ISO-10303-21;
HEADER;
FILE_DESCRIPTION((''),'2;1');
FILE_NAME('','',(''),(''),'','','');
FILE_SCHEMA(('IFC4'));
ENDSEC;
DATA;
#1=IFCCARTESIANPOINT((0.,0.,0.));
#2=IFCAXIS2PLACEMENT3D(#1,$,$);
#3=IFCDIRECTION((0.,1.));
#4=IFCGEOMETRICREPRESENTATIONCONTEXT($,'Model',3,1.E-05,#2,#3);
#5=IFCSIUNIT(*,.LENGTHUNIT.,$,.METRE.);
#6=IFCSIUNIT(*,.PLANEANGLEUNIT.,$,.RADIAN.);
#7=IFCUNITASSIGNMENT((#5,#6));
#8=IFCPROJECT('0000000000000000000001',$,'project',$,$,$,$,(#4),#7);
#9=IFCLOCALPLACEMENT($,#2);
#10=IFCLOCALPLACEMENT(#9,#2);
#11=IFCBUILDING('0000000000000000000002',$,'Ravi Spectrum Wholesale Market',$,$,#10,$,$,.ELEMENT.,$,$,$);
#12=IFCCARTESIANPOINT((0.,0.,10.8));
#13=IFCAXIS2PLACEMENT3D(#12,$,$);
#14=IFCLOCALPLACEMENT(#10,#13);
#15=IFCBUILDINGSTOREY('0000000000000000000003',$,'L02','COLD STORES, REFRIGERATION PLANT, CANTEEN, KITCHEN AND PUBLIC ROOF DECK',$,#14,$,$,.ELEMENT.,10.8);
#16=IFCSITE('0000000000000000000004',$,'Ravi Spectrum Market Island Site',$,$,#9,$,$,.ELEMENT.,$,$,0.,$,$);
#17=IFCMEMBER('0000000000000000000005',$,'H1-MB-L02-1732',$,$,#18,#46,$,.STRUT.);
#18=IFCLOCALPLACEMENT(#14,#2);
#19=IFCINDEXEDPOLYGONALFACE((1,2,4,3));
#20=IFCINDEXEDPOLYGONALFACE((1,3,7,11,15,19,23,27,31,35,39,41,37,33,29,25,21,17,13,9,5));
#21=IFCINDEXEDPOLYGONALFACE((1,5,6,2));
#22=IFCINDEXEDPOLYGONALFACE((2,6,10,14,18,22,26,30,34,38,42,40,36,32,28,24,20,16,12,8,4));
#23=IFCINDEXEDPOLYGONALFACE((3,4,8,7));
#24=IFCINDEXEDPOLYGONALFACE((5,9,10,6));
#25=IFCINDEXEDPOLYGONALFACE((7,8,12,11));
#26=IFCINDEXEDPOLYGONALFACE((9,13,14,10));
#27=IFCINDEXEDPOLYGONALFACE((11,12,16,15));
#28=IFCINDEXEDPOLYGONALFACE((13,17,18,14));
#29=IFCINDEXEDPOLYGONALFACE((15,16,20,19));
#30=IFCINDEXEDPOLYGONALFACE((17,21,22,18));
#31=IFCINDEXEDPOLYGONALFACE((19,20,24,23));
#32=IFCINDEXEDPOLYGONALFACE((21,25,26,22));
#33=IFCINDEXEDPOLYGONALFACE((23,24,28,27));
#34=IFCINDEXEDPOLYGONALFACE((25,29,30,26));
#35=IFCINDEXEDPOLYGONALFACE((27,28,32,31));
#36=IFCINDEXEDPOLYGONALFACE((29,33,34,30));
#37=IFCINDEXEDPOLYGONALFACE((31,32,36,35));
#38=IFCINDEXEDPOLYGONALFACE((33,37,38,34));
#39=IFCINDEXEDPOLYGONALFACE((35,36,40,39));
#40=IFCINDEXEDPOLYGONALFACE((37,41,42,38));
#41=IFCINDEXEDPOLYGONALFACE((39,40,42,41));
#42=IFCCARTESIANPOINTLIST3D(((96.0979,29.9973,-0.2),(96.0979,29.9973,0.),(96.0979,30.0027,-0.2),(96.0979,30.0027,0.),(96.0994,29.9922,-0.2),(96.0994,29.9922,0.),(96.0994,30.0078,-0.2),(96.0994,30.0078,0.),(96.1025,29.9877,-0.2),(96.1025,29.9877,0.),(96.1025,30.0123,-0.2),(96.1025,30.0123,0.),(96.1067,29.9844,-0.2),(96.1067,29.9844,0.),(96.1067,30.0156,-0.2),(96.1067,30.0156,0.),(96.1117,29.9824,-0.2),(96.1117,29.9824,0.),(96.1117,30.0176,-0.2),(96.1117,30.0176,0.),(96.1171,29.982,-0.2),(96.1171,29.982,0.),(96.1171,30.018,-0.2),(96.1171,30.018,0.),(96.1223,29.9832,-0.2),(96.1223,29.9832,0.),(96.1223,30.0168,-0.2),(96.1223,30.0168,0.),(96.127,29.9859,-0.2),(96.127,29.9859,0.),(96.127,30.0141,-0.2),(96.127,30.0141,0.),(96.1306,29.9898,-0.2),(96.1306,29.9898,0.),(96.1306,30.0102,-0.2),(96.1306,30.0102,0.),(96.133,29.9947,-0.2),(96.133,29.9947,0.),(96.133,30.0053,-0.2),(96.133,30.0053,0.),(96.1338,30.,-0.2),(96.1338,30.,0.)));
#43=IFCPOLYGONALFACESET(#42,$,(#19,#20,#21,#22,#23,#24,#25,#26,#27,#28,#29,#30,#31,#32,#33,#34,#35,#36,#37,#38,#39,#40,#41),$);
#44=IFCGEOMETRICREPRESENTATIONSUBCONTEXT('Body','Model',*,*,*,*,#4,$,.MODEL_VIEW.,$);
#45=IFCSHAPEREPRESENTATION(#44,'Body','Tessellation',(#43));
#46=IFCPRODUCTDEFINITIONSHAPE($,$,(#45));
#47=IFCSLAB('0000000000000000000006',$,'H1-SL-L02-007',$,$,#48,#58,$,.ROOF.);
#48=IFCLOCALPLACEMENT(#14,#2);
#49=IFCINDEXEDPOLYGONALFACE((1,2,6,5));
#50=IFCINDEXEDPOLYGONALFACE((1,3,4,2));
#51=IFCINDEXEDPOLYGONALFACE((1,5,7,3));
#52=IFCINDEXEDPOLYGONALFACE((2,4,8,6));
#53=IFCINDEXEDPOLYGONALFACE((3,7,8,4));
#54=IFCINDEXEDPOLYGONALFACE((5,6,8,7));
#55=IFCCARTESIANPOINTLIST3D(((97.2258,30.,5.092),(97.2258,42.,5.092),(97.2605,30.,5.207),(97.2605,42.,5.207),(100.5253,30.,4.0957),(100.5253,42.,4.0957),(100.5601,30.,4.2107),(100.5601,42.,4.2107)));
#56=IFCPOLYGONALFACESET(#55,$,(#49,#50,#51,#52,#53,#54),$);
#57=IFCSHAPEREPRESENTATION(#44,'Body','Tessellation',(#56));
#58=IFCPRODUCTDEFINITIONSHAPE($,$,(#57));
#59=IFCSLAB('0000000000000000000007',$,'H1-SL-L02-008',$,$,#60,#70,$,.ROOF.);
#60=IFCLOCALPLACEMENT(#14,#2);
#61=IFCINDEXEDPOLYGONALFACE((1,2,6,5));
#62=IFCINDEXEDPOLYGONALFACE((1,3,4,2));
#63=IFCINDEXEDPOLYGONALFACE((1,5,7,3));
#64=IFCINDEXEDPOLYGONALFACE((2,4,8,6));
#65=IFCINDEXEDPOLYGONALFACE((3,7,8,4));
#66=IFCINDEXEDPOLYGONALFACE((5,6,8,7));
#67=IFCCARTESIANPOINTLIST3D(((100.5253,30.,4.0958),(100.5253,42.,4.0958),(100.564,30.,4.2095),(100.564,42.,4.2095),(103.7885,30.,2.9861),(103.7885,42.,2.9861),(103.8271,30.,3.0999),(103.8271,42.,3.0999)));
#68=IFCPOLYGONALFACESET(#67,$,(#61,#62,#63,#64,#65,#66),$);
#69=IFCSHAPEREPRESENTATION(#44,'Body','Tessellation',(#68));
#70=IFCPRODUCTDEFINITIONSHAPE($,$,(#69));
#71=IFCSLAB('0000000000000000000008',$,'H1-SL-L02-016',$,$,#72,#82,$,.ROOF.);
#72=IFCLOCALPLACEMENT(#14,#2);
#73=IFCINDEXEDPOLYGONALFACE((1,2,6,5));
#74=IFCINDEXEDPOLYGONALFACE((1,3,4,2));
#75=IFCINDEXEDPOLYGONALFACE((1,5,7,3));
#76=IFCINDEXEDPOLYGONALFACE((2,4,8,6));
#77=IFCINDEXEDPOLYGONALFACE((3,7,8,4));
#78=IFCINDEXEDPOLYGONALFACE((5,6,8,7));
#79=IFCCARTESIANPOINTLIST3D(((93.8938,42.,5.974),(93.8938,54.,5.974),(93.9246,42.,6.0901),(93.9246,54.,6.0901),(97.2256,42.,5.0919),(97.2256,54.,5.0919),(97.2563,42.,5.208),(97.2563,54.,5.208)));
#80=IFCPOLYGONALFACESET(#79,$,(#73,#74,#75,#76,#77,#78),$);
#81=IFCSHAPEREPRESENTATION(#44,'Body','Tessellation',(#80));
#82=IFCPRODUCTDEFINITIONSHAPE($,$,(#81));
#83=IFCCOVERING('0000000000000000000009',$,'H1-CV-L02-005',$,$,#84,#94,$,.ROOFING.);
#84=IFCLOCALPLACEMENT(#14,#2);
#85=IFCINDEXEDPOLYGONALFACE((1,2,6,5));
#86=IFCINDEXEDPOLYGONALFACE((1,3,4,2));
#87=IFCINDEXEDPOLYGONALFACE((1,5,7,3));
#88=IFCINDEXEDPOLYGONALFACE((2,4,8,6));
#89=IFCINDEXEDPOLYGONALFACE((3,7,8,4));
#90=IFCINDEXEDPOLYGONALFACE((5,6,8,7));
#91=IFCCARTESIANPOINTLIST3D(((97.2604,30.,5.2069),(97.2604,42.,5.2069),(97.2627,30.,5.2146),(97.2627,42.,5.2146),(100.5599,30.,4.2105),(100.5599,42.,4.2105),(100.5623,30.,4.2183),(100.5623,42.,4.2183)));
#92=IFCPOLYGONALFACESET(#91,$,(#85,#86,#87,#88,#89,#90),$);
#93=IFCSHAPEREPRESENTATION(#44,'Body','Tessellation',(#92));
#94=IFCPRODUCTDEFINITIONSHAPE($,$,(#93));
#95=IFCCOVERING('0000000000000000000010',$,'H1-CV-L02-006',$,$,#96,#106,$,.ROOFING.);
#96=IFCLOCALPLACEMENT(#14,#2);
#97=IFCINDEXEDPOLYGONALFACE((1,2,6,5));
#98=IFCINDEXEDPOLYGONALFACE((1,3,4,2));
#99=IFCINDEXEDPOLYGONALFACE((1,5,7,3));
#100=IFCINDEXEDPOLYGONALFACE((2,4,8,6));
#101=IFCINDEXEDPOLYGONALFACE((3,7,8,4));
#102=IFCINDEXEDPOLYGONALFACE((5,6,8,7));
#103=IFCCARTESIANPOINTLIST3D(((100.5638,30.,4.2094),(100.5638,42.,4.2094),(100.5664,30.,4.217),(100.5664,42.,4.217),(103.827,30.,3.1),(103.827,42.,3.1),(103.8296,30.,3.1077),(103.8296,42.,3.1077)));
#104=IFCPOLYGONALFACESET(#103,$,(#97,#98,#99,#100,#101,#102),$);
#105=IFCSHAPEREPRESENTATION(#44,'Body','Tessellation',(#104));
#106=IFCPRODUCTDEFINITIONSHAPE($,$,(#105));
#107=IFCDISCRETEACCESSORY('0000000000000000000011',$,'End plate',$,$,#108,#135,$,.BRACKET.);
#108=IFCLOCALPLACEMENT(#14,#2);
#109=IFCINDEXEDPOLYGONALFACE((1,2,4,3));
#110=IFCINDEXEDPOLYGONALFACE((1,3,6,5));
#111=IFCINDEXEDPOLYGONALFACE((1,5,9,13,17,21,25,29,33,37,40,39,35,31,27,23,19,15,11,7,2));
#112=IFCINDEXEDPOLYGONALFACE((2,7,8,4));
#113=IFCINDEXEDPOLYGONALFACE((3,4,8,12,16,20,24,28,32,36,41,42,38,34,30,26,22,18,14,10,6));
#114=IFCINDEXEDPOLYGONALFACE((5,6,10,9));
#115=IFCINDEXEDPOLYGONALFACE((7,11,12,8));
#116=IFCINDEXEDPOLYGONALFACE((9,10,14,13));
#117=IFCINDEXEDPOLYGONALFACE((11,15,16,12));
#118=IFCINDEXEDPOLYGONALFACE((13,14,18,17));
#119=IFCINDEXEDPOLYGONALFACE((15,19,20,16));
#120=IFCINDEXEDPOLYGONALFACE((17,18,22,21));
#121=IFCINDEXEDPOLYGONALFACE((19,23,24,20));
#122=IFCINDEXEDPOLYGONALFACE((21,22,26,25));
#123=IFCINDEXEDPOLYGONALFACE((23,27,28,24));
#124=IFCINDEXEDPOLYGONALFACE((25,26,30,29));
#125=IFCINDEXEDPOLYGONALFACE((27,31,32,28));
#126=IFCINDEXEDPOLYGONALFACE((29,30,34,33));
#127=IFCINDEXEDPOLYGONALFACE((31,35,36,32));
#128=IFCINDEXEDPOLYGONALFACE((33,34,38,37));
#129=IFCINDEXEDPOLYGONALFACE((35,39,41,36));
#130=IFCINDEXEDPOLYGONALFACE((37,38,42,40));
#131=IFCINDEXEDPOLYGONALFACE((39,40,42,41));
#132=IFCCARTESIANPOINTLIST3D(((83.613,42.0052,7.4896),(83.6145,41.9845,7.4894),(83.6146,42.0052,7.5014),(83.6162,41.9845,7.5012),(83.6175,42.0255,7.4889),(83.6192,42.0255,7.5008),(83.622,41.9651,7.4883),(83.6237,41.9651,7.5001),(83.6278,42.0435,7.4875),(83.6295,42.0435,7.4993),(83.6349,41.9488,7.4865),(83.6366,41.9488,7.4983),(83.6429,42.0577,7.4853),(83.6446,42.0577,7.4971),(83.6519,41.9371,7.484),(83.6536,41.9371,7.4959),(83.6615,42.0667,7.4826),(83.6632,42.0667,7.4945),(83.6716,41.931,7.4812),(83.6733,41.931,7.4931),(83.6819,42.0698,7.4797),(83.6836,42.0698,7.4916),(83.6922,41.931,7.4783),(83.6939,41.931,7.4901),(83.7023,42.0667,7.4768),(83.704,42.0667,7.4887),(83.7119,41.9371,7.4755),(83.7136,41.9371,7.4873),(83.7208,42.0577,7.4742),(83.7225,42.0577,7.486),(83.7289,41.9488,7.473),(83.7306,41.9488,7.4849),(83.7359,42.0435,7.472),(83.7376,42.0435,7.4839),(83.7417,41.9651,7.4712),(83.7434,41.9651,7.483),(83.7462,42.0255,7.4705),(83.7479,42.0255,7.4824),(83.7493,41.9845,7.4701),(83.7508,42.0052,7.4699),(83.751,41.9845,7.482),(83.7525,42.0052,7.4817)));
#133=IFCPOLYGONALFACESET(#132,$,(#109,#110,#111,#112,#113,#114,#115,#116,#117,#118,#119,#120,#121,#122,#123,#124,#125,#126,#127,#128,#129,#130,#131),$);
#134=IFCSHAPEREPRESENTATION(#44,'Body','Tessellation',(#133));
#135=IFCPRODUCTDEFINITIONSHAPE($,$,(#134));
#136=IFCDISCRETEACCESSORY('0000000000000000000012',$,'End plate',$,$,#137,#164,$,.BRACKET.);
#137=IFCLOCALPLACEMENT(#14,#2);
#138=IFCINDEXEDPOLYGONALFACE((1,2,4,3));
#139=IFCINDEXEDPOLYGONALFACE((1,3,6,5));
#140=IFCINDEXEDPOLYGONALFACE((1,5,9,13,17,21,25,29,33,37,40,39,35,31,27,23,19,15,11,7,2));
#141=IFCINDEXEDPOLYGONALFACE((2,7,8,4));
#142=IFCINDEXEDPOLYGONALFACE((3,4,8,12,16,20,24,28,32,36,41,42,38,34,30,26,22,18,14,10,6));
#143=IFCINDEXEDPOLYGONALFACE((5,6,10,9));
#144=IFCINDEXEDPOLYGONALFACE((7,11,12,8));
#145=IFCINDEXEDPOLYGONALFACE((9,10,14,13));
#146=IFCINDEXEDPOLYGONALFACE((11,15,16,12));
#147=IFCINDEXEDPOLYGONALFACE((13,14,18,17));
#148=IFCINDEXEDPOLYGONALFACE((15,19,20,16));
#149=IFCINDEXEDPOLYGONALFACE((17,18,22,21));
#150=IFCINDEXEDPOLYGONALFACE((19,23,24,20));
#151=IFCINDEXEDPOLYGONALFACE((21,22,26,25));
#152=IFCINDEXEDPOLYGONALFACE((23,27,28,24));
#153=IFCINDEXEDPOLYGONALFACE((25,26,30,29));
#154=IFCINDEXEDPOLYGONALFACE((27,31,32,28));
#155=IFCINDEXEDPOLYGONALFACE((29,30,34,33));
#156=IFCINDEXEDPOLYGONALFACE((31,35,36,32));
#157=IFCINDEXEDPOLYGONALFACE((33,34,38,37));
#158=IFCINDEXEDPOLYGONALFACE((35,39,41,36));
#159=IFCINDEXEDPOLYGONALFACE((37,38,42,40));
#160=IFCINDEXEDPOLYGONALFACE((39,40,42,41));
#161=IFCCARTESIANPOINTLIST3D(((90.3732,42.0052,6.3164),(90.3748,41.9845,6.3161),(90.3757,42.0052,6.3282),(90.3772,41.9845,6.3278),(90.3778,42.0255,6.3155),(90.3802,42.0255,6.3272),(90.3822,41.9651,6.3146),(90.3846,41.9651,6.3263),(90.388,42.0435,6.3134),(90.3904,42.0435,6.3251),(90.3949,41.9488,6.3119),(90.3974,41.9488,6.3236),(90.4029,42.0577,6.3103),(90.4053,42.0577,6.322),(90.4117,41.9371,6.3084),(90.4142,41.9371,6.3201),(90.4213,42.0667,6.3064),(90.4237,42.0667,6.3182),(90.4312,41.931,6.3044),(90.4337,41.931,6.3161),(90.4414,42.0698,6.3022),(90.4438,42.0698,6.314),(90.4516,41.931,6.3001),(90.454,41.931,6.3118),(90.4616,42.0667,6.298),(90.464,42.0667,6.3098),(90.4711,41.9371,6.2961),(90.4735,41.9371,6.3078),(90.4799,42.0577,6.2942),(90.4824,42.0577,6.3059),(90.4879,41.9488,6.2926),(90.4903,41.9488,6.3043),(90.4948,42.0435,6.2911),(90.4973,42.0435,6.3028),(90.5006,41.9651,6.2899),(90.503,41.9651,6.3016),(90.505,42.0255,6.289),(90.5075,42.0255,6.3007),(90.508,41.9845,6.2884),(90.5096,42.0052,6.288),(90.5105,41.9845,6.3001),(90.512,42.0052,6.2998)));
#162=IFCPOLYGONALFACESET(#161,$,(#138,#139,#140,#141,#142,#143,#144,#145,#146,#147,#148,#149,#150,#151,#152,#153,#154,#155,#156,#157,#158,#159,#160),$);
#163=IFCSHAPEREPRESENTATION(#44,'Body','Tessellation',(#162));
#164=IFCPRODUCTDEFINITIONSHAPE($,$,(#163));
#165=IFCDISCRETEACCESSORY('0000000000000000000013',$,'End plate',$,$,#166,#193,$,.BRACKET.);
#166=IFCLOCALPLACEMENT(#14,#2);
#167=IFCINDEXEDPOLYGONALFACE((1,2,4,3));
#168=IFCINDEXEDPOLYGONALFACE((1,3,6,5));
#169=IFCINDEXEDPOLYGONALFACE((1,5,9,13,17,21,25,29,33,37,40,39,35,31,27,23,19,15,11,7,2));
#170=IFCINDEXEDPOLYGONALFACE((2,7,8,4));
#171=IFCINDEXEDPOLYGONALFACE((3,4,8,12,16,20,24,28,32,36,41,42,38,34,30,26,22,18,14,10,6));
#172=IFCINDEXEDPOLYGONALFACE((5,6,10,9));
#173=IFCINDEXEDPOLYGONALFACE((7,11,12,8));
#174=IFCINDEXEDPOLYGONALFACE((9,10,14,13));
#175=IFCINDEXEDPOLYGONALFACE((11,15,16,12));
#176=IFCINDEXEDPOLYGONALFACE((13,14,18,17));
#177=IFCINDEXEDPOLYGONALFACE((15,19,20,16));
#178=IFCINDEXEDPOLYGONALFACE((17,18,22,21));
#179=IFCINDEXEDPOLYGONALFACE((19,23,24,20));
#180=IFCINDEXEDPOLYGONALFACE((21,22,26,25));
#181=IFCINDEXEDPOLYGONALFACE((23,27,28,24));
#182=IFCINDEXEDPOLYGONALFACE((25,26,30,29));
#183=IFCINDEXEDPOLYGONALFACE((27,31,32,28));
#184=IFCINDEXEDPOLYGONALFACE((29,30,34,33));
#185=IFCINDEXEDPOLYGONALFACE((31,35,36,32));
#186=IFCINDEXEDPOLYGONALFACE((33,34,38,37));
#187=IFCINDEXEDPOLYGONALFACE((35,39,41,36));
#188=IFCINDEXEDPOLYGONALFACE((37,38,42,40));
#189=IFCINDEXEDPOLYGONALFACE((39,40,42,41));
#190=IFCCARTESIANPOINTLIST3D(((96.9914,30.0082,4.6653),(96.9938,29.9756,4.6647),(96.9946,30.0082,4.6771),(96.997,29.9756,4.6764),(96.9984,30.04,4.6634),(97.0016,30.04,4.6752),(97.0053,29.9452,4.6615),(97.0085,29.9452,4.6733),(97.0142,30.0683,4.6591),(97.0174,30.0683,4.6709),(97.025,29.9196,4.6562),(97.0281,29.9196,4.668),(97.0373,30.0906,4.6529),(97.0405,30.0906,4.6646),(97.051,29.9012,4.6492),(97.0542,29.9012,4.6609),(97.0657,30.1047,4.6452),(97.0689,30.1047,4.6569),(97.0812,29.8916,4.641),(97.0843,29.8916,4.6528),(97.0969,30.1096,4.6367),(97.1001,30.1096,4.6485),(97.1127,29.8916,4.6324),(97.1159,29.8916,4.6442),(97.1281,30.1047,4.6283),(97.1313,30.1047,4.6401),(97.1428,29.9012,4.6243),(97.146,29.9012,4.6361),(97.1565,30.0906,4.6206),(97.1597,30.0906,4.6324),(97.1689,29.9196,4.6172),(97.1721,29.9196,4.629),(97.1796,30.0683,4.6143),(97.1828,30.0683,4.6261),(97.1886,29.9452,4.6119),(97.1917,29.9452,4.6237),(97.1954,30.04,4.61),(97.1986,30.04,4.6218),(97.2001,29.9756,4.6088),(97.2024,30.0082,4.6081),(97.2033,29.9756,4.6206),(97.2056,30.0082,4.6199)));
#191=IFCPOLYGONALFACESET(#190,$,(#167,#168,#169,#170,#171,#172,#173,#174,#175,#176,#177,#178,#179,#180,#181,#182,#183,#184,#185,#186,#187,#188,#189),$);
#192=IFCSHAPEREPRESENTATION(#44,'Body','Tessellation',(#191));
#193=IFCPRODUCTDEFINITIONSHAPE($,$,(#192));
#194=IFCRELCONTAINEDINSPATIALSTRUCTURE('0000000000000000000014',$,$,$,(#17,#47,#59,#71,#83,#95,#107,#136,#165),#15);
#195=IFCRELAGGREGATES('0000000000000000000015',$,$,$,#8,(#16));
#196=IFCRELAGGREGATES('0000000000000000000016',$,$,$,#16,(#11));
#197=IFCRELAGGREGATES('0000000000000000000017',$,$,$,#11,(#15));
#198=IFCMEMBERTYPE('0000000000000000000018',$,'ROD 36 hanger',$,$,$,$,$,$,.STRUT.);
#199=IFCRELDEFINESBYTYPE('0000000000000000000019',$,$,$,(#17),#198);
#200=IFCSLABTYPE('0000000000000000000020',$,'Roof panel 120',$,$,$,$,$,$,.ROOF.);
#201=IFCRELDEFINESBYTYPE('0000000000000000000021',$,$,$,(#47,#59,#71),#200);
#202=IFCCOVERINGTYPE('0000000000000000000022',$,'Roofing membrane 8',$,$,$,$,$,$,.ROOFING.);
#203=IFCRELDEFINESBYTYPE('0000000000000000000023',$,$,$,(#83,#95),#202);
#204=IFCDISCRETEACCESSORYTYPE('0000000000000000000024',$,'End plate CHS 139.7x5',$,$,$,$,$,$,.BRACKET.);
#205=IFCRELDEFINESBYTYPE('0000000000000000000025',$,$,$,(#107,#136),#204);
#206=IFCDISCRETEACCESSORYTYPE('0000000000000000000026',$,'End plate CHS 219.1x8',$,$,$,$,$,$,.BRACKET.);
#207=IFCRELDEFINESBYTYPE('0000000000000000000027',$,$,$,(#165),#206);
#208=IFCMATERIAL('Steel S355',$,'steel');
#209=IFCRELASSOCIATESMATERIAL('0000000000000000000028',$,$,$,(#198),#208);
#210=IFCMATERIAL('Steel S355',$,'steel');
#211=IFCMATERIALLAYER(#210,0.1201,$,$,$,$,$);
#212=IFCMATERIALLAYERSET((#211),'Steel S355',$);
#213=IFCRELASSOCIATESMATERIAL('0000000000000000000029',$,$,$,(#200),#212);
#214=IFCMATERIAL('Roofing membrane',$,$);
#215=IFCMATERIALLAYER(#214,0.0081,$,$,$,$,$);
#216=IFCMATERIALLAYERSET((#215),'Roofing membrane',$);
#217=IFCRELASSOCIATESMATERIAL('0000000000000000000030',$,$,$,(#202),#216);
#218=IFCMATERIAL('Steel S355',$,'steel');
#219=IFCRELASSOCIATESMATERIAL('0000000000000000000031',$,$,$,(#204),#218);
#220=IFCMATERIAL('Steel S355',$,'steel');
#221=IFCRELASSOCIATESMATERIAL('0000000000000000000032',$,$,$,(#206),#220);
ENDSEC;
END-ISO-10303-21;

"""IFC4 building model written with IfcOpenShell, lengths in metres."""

from ifc_helpers import new_model, si_unit, direction, frame, origin, origin_2d, place, context, subcontext, project, spatial, polyline, circle, outline, extrude, material, layer, layer_set, material_profile, profile_set, type_object, element, save


model = new_model("IFC4")

# Units and contexts
model_context = context("Model", 3, precision=1e-05, world=origin(), true_north=direction((0.0, 1.0)))
body_context = subcontext(model_context, "Body", "Model", "MODEL_VIEW")
ifc_project = project(units=[si_unit("LENGTHUNIT", "METRE"), si_unit("PLANEANGLEUNIT", "RADIAN")], contexts=[model_context])

# Site, building, storey
site_placement = place(None, origin())
site = spatial("IfcSite", under=ifc_project, at=site_placement, Name="Ravi Spectrum Market Island Site", CompositionType="ELEMENT", RefElevation=0.0)
building_placement = place(site_placement, origin())
building = spatial("IfcBuilding", under=site, at=building_placement, Name="Ravi Spectrum Wholesale Market", CompositionType="ELEMENT")
storey_placement = place(building_placement, frame((0.0, 0.0, 10.8)))
storey = spatial("IfcBuildingStorey", under=building, at=storey_placement, Name="L02", Description="COLD STORES, REFRIGERATION PLANT, CANTEEN, KITCHEN AND PUBLIC ROOF DECK", CompositionType="ELEMENT", Elevation=10.8)

# Member
ifc_material_1 = material(Name="Steel S355", Category="steel")
ifc_material_profile_1 = material_profile(ifc_material_1, circle(Radius=0.0181, at=origin_2d()))
ifc_profile_set_1 = profile_set([ifc_material_profile_1], Name="Steel S355")
member_type_1 = type_object("IfcMemberType", Name="ROD 36 hanger", PredefinedType="STRUT", material=ifc_profile_set_1)
member_1_placement = place(storey_placement, frame((96.1157, 30.0, 0.0), z_axis=(0.0, 0.0, -1.0), x_axis=(1.0, 0.0, 0.0)))
element("IfcMember", 1, at=member_1_placement, inside=storey, type_object=member_type_1, Name="H1-MB-L02-1732", PredefinedType="STRUT", context=body_context, shape_type="SweptSolid", body=[
    extrude(circle(Radius=0.0181, at=origin_2d()), origin(), (0.0, 0.0, 1.0), 0.2),
])

# Slabs
ifc_material_2 = material(Name="Steel S355", Category="steel")
ifc_layer_1 = layer(ifc_material_2, 0.1201)
ifc_layer_set_1 = layer_set([ifc_layer_1], Name="Steel S355")
slab_type = type_object("IfcSlabType", Name="Roof panel 120", PredefinedType="ROOF", material=ifc_layer_set_1)
slab_1_placement = place(storey_placement, frame((97.2605, 30.0, 5.207), z_axis=(0.28907, 0.0, 0.957308), x_axis=(0.957308, 0.0, -0.28907)))
element("IfcSlab", 2, at=slab_1_placement, inside=storey, type_object=slab_type, Name="H1-SL-L02-007", PredefinedType="ROOF", context=body_context, shape_type="SweptSolid", body=[
    extrude(outline(polyline([(0.0, 0.0), (3.4467, 0.0), (3.4467, 12.0), (0.0, 12.0), (0.0, 0.0)])), origin(), (0.0, 0.0, -1.0), 0.1201),
])
slab_2_placement = place(storey_placement, frame((100.564, 30.0, 4.2095), z_axis=(0.321938, 0.0, 0.946761), x_axis=(0.946761, 0.0, -0.321938)))
element("IfcSlab", 3, at=slab_2_placement, inside=storey, type_object=slab_type, Name="H1-SL-L02-008", PredefinedType="ROOF", context=body_context, shape_type="SweptSolid", body=[
    extrude(outline(polyline([(0.0, 0.0), (3.4467, 0.0), (3.4467, 12.0), (0.0, 12.0), (0.0, 0.0)])), origin(), (0.0, 0.0, -1.0), 0.1201),
])
slab_3_placement = place(storey_placement, frame((93.9246, 42.0, 6.0901), z_axis=(0.25593, 0.0, 0.966695), x_axis=(0.966695, 0.0, -0.25593)))
element("IfcSlab", 4, at=slab_3_placement, inside=storey, type_object=slab_type, Name="H1-SL-L02-016", PredefinedType="ROOF", context=body_context, shape_type="SweptSolid", body=[
    extrude(outline(polyline([(0.0, 0.0), (3.4466, 0.0), (3.4466, 12.0), (0.0, 12.0), (0.0, 0.0)])), origin(), (0.0, 0.0, -1.0), 0.1201),
])

# Coverings
ifc_material_3 = material(Name="Roofing membrane")
ifc_layer_2 = layer(ifc_material_3, 0.0081)
ifc_layer_set_2 = layer_set([ifc_layer_2], Name="Roofing membrane")
covering_type = type_object("IfcCoveringType", Name="Roofing membrane 8", PredefinedType="ROOFING", material=ifc_layer_set_2)
covering_1_placement = place(storey_placement, frame((97.2627, 30.0, 5.2146), z_axis=(0.28907, 0.0, 0.957308), x_axis=(0.957308, 0.0, -0.28907)))
element("IfcCovering", 5, at=covering_1_placement, inside=storey, type_object=covering_type, Name="H1-CV-L02-005", PredefinedType="ROOFING", context=body_context, shape_type="SweptSolid", body=[
    extrude(outline(polyline([(0.0, 0.0), (3.4467, 0.0), (3.4467, 12.0), (0.0, 12.0), (0.0, 0.0)])), origin(), (0.0, 0.0, -1.0), 0.0081),
])
covering_2_placement = place(storey_placement, frame((100.5664, 30.0, 4.217), z_axis=(0.321875, 0.0, 0.946782), x_axis=(0.946782, 0.0, -0.321875)))
element("IfcCovering", 6, at=covering_2_placement, inside=storey, type_object=covering_type, Name="H1-CV-L02-006", PredefinedType="ROOFING", context=body_context, shape_type="SweptSolid", body=[
    extrude(outline(polyline([(0.0, 0.0), (3.4466, 0.0), (3.4466, 12.0), (0.0, 12.0), (0.0, 0.0)])), origin(), (0.0, 0.0, -1.0), 0.0081),
])

# Discrete accessories
ifc_material_4 = material(Name="Steel S355", Category="steel")
ifc_material_profile_2 = material_profile(ifc_material_4, circle(Radius=0.0698, at=origin_2d()))
ifc_profile_set_2 = profile_set([ifc_material_profile_2], Name="Steel S355")
discrete_accessory_type_1 = type_object("IfcDiscreteAccessoryType", Name="End plate CHS 139.7x5", PredefinedType="BRACKET", material=ifc_profile_set_2)
for number, where, z_axis, x_axis, name in (
    (7, (83.6819, 42.0, 7.4797), (0.141421, 0.0, 0.989949), (0.0, 1.0, 0.0), "End plate"),
    (8, (90.4414, 42.0, 6.3022), (0.203954, 0.0, 0.97898), (0.0, 1.0, 0.0), "End plate"),
):
    element("IfcDiscreteAccessory", number, at=place(storey_placement, frame(where, z_axis=z_axis, x_axis=x_axis)), inside=storey, type_object=discrete_accessory_type_1, Name=name, PredefinedType="BRACKET", context=body_context, shape_type="SweptSolid", body=[
        extrude(circle(Radius=0.0698, at=origin_2d()), origin(), (0.0, 0.0, 1.0), 0.012),
    ])
ifc_material_5 = material(Name="Steel S355", Category="steel")
ifc_material_profile_3 = material_profile(ifc_material_5, circle(Radius=0.1096, at=origin_2d()))
ifc_profile_set_3 = profile_set([ifc_material_profile_3], Name="Steel S355")
discrete_accessory_type_2 = type_object("IfcDiscreteAccessoryType", Name="End plate CHS 219.1x8", PredefinedType="BRACKET", material=ifc_profile_set_3)
discrete_accessory_1_placement = place(storey_placement, frame((97.0969, 30.0, 4.6367), z_axis=(0.261415, 0.0, 0.965226), x_axis=(0.0, 1.0, 0.0)))
element("IfcDiscreteAccessory", 9, at=discrete_accessory_1_placement, inside=storey, type_object=discrete_accessory_type_2, Name="End plate", PredefinedType="BRACKET", context=body_context, shape_type="SweptSolid", body=[
    extrude(circle(Radius=0.1096, at=origin_2d()), origin(), (0.0, 0.0, 1.0), 0.0122),
])

save(model, "model.ifc")
